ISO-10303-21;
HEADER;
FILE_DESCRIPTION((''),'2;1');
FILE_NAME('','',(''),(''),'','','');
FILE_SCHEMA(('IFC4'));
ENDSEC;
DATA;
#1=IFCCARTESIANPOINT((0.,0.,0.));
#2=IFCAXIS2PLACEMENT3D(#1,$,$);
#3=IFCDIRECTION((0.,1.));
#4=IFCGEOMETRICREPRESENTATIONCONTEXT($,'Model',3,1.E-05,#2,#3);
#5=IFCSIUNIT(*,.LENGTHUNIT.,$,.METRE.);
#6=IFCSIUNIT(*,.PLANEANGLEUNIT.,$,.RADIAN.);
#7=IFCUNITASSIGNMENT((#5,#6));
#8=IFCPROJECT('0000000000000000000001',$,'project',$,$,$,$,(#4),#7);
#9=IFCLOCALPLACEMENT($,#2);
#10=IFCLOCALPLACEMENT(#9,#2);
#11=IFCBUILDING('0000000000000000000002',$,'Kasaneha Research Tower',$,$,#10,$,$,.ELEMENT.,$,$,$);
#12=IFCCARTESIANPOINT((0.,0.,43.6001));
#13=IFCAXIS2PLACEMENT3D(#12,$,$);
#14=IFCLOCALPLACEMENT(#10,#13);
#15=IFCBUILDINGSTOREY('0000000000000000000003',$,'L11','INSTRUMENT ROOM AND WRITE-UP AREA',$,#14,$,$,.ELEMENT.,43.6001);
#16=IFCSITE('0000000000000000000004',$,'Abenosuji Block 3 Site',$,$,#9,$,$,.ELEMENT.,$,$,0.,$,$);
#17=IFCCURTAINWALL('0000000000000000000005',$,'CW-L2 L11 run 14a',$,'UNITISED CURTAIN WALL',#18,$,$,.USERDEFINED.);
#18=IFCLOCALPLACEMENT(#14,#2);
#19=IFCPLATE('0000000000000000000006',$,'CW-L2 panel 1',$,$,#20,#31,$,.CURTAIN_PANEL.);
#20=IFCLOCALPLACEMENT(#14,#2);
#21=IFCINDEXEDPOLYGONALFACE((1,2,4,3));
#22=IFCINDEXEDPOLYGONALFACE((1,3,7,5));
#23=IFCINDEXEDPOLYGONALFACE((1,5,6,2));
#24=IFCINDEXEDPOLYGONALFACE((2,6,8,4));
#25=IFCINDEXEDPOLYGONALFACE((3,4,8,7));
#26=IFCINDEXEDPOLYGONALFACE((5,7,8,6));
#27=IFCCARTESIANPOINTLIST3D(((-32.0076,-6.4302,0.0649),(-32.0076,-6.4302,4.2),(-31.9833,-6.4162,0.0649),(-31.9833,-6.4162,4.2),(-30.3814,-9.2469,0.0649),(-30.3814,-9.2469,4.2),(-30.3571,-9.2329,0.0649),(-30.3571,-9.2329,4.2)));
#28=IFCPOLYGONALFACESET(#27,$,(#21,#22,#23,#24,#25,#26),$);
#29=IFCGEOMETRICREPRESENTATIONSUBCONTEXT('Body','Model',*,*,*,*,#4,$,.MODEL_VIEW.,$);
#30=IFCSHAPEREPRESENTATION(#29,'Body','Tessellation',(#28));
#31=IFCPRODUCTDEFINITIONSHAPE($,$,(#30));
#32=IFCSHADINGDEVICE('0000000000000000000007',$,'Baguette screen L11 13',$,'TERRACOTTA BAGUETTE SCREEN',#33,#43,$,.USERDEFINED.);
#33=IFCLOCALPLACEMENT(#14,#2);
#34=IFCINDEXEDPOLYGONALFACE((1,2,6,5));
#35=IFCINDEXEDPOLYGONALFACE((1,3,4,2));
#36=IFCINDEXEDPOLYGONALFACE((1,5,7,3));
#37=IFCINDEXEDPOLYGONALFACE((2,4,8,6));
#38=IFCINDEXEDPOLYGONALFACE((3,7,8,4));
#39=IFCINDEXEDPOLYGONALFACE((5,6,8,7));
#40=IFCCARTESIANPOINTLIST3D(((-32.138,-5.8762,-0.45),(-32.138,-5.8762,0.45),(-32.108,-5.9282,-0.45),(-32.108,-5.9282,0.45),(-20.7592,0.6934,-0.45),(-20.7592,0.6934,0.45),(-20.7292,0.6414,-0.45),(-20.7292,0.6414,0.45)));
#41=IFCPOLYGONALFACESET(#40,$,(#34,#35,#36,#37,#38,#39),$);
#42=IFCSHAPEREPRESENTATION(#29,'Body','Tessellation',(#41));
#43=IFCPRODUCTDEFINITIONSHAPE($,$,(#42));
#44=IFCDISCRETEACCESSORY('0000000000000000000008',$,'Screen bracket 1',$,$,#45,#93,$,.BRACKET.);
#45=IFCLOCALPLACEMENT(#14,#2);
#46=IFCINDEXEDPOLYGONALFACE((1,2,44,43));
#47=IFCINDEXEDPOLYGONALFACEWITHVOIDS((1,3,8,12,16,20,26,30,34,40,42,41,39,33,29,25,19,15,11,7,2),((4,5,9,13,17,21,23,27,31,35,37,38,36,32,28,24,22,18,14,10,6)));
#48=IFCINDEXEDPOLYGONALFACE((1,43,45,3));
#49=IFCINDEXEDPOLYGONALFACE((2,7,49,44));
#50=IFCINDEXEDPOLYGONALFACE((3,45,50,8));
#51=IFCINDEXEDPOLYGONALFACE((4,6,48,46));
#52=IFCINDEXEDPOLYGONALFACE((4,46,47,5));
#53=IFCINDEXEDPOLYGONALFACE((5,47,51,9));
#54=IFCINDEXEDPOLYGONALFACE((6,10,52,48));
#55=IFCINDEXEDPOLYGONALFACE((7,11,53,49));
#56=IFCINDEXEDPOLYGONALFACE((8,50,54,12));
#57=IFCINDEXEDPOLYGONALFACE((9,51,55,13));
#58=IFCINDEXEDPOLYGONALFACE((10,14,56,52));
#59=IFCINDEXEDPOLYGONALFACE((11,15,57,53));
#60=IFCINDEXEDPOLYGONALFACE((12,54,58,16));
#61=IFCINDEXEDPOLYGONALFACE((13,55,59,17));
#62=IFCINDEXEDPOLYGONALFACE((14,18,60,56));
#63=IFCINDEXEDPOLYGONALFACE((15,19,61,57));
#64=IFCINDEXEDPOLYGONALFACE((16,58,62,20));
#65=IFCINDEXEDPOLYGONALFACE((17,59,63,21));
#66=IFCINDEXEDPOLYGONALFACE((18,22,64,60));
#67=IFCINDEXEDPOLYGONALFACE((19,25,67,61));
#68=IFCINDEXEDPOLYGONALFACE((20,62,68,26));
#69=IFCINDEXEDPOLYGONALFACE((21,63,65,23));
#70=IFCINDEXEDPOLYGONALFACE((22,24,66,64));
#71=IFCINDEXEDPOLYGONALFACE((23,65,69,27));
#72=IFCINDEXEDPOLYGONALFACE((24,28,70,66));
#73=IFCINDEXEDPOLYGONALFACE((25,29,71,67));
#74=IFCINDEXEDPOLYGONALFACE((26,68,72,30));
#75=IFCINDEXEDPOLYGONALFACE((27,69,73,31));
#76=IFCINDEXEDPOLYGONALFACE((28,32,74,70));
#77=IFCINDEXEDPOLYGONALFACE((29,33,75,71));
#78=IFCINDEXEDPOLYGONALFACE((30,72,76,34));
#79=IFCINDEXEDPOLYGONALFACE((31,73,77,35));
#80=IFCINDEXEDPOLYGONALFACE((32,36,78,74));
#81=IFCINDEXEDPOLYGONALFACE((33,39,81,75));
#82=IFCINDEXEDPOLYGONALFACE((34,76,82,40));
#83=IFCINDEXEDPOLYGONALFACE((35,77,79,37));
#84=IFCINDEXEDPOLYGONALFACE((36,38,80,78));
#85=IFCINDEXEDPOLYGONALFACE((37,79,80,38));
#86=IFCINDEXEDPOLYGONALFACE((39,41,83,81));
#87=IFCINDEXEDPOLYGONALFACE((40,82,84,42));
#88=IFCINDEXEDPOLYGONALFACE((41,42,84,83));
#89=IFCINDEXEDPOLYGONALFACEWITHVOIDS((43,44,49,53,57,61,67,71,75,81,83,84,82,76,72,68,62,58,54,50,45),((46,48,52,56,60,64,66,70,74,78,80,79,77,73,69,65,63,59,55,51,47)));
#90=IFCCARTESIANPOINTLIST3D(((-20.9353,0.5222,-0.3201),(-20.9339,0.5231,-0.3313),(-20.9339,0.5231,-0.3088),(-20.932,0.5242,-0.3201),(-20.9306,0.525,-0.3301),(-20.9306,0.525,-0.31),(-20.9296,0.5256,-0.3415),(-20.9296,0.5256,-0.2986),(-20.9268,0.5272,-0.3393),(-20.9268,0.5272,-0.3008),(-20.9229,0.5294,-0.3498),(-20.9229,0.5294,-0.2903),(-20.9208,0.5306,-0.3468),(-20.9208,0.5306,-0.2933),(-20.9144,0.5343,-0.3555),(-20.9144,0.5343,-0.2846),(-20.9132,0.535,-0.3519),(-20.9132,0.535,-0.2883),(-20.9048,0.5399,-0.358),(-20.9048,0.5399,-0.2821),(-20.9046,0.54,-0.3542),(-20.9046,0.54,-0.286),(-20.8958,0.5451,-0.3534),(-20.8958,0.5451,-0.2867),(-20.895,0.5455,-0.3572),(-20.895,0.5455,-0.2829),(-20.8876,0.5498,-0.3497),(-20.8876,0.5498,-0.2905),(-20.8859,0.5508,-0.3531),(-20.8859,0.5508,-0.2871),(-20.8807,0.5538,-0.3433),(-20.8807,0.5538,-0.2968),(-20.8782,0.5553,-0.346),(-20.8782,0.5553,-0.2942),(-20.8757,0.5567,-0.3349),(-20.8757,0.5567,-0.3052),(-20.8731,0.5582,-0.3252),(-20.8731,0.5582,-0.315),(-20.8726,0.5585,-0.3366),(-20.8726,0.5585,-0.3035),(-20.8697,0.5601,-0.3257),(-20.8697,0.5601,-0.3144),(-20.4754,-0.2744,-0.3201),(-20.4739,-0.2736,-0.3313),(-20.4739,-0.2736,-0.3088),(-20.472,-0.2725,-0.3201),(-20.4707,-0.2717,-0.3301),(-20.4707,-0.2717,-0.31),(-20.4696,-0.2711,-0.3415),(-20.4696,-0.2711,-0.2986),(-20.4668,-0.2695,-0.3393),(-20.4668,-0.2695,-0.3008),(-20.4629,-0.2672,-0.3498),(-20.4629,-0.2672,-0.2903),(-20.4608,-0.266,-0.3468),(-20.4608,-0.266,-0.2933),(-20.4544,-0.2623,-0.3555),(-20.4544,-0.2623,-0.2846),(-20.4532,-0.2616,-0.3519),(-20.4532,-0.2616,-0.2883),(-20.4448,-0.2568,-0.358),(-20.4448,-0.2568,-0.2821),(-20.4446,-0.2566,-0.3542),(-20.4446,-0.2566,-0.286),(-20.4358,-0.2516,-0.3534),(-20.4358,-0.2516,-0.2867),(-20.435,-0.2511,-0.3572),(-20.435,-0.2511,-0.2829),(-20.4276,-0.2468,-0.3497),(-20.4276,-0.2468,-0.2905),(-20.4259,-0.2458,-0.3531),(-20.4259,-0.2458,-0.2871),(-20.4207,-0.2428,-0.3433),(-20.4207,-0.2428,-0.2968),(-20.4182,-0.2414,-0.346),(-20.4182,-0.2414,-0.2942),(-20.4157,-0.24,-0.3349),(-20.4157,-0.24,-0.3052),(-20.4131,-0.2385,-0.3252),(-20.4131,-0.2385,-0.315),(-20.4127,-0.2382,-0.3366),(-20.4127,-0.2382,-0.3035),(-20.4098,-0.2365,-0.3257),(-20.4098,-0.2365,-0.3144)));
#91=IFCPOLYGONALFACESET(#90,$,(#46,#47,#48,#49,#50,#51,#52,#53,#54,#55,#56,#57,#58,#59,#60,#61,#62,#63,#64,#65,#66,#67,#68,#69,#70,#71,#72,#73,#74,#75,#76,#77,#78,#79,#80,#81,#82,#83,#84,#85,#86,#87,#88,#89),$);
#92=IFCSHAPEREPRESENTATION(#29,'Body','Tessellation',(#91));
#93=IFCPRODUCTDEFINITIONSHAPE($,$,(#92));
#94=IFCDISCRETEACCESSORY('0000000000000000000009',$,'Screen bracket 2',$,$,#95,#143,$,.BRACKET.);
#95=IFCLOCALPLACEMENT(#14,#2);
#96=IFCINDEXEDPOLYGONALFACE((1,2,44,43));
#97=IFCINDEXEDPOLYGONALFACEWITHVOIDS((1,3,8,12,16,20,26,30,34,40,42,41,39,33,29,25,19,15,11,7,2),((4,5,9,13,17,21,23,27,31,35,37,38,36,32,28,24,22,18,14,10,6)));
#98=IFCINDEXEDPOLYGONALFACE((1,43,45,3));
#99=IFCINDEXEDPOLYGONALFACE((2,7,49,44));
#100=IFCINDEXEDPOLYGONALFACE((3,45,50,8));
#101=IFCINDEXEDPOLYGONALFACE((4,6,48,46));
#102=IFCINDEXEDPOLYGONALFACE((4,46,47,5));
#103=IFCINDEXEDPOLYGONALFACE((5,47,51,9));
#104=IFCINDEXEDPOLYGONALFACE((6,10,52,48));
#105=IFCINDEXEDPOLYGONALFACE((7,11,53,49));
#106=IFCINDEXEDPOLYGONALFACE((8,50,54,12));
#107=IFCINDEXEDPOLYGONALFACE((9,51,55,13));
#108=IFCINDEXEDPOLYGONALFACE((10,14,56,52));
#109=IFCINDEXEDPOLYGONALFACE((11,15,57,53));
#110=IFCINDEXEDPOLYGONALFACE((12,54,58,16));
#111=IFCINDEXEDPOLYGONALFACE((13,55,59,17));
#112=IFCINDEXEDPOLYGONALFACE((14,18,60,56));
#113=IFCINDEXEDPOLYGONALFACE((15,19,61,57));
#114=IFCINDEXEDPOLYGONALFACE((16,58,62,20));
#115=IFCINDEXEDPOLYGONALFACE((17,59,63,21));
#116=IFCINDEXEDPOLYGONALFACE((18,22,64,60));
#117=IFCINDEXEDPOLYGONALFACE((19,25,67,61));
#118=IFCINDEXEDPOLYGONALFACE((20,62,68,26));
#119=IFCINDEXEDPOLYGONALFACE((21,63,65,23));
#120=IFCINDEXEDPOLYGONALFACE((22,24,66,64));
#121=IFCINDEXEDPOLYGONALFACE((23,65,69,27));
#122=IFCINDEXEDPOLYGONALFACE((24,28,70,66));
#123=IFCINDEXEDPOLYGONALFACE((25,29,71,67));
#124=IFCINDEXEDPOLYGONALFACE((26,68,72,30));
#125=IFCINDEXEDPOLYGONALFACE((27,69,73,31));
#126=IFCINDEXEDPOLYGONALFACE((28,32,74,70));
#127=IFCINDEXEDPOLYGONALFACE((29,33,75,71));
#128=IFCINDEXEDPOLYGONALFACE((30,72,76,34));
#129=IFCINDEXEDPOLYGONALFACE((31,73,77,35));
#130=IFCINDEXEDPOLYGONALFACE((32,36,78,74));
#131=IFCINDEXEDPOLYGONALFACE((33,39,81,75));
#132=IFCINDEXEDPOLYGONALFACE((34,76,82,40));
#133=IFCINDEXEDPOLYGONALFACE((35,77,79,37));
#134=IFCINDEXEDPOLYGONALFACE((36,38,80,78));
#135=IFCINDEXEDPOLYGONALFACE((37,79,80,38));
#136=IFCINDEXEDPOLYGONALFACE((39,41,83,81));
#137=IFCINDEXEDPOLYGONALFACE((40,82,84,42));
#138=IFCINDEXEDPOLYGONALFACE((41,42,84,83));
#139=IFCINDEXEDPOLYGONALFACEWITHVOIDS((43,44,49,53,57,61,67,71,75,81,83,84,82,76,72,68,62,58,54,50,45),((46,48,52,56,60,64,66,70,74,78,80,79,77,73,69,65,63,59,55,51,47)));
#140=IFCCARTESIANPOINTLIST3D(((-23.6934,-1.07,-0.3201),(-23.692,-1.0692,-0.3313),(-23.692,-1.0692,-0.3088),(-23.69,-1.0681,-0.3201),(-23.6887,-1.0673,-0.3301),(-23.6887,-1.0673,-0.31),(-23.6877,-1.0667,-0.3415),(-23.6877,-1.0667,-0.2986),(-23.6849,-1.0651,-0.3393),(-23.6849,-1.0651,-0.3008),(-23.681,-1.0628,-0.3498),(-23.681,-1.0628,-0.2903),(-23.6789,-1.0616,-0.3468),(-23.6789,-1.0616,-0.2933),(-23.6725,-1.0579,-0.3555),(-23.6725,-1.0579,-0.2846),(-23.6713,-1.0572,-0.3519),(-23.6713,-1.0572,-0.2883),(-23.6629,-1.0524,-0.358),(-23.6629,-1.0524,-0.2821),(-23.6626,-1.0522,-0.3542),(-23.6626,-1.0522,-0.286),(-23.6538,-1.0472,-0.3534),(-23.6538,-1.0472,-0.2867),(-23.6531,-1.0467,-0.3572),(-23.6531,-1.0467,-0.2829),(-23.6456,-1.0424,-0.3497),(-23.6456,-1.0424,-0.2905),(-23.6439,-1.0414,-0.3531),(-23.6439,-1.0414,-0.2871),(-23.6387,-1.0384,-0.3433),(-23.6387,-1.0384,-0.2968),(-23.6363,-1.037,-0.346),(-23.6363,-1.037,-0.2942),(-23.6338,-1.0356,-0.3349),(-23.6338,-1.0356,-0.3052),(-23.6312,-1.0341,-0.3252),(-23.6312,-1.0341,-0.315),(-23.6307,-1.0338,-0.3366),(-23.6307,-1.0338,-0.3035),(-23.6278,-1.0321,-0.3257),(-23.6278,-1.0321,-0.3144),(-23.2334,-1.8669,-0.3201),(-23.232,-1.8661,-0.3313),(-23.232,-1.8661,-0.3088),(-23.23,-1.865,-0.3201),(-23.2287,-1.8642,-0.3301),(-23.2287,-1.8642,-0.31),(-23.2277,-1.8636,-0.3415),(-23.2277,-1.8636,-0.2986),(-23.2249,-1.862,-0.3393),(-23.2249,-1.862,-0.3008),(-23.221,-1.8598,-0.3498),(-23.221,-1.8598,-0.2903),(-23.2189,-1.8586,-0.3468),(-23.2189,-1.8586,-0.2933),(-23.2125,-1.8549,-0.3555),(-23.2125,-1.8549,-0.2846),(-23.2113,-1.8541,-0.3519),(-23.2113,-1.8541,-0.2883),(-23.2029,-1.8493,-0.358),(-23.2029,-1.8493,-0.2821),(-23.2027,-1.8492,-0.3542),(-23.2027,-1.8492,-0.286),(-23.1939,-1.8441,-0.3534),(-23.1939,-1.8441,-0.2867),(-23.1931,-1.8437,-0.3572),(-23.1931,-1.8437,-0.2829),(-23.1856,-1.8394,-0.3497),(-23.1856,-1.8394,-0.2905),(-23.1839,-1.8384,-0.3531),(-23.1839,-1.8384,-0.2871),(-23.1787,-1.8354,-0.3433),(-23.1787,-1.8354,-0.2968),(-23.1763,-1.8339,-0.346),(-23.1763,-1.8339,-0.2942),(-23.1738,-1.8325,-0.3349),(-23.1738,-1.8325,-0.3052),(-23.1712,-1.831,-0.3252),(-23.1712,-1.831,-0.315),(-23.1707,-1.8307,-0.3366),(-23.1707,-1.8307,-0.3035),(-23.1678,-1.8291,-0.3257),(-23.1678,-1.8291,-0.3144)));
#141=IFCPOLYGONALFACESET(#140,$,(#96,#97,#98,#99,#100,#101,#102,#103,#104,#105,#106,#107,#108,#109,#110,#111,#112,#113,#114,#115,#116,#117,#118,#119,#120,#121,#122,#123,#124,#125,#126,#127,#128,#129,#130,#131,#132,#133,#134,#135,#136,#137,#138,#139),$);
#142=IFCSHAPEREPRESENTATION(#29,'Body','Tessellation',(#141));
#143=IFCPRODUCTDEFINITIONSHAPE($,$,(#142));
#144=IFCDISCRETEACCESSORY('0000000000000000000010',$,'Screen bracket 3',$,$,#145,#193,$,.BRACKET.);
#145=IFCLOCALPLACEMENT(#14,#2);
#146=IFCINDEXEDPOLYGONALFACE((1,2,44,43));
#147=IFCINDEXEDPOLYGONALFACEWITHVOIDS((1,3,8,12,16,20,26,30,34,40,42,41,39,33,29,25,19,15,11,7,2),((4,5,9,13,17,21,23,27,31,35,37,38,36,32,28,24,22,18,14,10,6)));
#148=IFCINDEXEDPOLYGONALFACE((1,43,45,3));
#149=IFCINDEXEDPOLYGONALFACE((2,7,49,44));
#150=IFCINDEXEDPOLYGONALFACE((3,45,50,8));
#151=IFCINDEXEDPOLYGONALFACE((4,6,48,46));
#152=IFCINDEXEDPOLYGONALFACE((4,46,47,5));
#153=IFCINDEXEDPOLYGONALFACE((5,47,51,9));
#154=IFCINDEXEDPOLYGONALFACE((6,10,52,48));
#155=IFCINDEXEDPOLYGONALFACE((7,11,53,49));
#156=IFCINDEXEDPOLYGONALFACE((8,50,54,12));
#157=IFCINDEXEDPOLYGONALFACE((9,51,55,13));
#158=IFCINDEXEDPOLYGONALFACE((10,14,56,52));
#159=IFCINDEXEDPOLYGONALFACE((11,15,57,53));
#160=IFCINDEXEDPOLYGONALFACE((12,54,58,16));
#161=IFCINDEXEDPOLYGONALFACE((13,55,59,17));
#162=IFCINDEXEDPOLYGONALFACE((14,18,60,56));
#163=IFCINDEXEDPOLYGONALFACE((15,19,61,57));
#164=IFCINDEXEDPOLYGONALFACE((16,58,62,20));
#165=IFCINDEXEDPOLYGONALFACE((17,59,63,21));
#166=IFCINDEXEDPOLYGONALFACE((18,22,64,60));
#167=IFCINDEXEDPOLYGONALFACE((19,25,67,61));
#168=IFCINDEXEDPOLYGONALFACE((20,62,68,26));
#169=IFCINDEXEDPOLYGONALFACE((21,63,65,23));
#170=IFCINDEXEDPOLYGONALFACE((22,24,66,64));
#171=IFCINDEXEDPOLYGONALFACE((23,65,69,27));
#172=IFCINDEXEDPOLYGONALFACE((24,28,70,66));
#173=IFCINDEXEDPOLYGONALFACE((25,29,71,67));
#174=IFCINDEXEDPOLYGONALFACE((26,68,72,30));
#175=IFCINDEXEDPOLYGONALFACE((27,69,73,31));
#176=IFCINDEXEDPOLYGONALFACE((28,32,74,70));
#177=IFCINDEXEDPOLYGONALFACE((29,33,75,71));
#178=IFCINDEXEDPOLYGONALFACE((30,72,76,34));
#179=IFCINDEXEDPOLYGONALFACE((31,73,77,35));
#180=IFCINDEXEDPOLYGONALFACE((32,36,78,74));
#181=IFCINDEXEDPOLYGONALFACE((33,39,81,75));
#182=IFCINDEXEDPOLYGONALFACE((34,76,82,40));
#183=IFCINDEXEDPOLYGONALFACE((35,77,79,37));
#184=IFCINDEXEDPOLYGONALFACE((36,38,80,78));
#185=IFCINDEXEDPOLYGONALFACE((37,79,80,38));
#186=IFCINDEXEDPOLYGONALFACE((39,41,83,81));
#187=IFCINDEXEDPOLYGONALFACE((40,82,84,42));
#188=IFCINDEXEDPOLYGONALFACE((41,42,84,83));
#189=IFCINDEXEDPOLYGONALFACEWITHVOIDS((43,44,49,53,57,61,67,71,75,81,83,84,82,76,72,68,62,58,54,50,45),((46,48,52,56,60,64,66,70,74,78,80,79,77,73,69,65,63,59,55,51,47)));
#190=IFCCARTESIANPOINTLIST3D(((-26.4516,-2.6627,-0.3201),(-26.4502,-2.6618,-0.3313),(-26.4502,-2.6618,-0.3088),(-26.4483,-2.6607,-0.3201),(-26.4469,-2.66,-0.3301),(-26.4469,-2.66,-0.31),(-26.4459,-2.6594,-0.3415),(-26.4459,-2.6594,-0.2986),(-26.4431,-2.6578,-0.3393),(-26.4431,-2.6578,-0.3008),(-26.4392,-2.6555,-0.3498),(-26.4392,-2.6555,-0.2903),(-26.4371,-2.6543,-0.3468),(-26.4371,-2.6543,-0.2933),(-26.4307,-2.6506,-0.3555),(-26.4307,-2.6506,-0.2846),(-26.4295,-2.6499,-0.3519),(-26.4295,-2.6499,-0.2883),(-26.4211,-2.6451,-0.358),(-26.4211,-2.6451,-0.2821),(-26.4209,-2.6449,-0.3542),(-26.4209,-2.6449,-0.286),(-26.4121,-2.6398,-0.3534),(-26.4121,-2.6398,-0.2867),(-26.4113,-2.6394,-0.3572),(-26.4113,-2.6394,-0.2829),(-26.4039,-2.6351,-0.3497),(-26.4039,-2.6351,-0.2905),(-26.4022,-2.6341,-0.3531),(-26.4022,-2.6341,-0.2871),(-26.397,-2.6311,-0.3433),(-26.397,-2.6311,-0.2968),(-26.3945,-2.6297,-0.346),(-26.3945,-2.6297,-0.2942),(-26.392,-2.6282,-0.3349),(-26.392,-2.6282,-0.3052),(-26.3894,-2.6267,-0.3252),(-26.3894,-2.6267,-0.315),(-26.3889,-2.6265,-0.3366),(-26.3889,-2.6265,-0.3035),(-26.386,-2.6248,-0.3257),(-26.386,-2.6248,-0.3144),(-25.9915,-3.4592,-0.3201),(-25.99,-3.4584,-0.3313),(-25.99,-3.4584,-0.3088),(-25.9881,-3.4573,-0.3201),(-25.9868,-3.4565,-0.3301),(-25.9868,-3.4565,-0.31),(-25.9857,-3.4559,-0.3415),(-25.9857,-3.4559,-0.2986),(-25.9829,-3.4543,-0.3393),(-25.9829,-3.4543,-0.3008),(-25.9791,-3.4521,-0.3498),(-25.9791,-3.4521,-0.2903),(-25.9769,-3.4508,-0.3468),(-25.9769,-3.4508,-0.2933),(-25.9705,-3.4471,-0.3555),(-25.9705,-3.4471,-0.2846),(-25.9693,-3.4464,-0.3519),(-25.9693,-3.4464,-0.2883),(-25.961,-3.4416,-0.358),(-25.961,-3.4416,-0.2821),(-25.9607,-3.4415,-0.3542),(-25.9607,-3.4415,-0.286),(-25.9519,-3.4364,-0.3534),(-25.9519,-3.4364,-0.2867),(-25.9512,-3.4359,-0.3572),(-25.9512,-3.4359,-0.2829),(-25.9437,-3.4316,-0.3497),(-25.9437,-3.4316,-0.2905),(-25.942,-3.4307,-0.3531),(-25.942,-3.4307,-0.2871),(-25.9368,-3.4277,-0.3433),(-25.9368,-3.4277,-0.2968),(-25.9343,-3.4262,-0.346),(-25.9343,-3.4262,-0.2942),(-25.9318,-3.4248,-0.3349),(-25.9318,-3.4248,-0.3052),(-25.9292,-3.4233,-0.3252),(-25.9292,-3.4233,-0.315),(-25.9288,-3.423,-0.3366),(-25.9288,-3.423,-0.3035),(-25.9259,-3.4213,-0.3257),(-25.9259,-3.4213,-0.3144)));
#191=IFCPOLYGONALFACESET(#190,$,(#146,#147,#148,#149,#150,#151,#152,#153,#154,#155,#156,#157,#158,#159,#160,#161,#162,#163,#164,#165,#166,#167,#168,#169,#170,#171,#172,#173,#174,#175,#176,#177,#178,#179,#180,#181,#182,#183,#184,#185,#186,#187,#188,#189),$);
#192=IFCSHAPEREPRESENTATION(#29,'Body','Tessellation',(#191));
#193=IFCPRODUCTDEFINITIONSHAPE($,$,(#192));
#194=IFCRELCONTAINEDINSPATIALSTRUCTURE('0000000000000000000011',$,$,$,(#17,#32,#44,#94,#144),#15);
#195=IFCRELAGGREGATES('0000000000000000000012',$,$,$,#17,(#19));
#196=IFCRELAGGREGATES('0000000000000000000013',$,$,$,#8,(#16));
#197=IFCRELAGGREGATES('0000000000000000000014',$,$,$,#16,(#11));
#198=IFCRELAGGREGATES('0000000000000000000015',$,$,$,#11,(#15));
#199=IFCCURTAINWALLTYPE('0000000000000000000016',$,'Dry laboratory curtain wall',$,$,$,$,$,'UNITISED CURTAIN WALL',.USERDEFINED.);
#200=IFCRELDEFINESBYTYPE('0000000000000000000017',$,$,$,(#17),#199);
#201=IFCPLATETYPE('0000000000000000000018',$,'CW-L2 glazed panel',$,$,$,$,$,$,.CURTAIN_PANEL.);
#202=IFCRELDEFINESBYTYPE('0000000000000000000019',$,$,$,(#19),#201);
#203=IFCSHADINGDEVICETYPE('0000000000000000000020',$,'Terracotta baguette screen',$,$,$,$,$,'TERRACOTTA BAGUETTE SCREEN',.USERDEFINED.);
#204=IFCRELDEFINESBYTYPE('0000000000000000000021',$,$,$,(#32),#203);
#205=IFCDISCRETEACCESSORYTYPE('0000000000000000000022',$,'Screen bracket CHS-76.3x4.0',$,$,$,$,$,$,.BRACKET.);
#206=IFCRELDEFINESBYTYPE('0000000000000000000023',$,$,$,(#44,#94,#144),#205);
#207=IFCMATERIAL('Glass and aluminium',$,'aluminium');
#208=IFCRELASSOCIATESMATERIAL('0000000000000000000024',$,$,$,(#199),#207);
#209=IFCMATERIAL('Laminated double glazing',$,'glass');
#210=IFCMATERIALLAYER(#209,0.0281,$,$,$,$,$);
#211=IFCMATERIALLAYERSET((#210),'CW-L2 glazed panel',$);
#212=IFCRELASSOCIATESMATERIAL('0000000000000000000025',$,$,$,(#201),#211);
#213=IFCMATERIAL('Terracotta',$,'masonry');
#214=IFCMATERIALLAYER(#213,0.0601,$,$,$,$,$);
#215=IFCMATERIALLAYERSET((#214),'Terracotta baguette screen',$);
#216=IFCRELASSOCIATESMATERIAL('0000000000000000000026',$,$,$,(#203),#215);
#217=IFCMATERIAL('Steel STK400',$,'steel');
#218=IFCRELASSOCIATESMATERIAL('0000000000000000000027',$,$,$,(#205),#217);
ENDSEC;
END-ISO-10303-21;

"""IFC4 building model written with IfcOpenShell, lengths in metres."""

from ifc_helpers import new_model, si_unit, direction, frame, origin, origin_2d, place, context, subcontext, project, spatial, rectangle, hollow_circle, extrude, material, layer, layer_set, material_profile, profile_set, type_object, element, aggregate, save


model = new_model("IFC4")

# Units and contexts
model_context = context("Model", 3, precision=1e-05, world=origin(), true_north=direction((0.0, 1.0)))
body_context = subcontext(model_context, "Body", "Model", "MODEL_VIEW")
ifc_project = project(units=[si_unit("LENGTHUNIT", "METRE"), si_unit("PLANEANGLEUNIT", "RADIAN")], contexts=[model_context])

# Site, building, storey
site_placement = place(None, origin())
site = spatial("IfcSite", under=ifc_project, at=site_placement, Name="Abenosuji Block 3 Site", CompositionType="ELEMENT", RefElevation=0.0)
building_placement = place(site_placement, origin())
building = spatial("IfcBuilding", under=site, at=building_placement, Name="Kasaneha Research Tower", CompositionType="ELEMENT")
storey_placement = place(building_placement, frame((0.0, 0.0, 43.6001)))
storey = spatial("IfcBuildingStorey", under=building, at=storey_placement, Name="L11", Description="INSTRUMENT ROOM AND WRITE-UP AREA", CompositionType="ELEMENT", Elevation=43.6001)

# Shared definitions
ifc_material_1 = material(Name="Glass and aluminium", Category="aluminium")
curtain_wall_type = type_object("IfcCurtainWallType", Name="Dry laboratory curtain wall", ElementType="UNITISED CURTAIN WALL", PredefinedType="USERDEFINED", material=ifc_material_1)

# Curtain wall
curtain_wall_1_placement = place(storey_placement, origin())
curtain_wall_1 = element("IfcCurtainWall", 1, at=curtain_wall_1_placement, inside=storey, type_object=curtain_wall_type, Name="CW-L2 L11 run 14a", ObjectType="UNITISED CURTAIN WALL", PredefinedType="USERDEFINED")

# Plate
ifc_material_2 = material(Name="Laminated double glazing", Category="glass")
ifc_layer_1 = layer(ifc_material_2, 0.0281)
ifc_layer_set_1 = layer_set([ifc_layer_1], Name="CW-L2 glazed panel")
plate_type = type_object("IfcPlateType", Name="CW-L2 glazed panel", PredefinedType="CURTAIN_PANEL", material=ifc_layer_set_1)
plate_1_placement = place(storey_placement, frame((-31.1824, -7.8315, 0.0649), z_axis=(0.0, 0.0, 1.0), x_axis=(0.5, -0.866025, 0.0)))
plate_1 = element("IfcPlate", 2, at=plate_1_placement, type_object=plate_type, Name="CW-L2 panel 1", PredefinedType="CURTAIN_PANEL", context=body_context, shape_type="SweptSolid", body=[
    extrude(rectangle(XDim=3.2524, YDim=0.0281, at=origin_2d()), origin(), (0.0, 0.0, 1.0), 4.135),
])
aggregate(curtain_wall_1, [plate_1])

# Shading device
ifc_material_3 = material(Name="Terracotta", Category="masonry")
ifc_layer_2 = layer(ifc_material_3, 0.0601)
ifc_layer_set_2 = layer_set([ifc_layer_2], Name="Terracotta baguette screen")
shading_device_type = type_object("IfcShadingDeviceType", Name="Terracotta baguette screen", ElementType="TERRACOTTA BAGUETTE SCREEN", PredefinedType="USERDEFINED", material=ifc_layer_set_2)
shading_device_placement = place(storey_placement, frame((-26.4336, -2.6174, -0.45), z_axis=(0.0, 0.0, 1.0), x_axis=(-0.866025, -0.5, 0.0)))
element("IfcShadingDevice", 3, at=shading_device_placement, inside=storey, type_object=shading_device_type, Name="Baguette screen L11 13", ObjectType="TERRACOTTA BAGUETTE SCREEN", PredefinedType="USERDEFINED", context=body_context, shape_type="SweptSolid", body=[
    extrude(rectangle(XDim=13.1392, YDim=0.0601, at=origin_2d()), origin(), (0.0, 0.0, 1.0), 0.8999),
])

# Discrete accessories
ifc_material_4 = material(Name="Steel STK400", Category="steel")
ifc_material_profile_1 = material_profile(ifc_material_4, hollow_circle(Radius=0.0381, WallThickness=0.0039, at=origin_2d()), Name="CHS-76.3x4.0")
ifc_profile_set_1 = profile_set([ifc_material_profile_1], Name="Steel STK400")
discrete_accessory_type = type_object("IfcDiscreteAccessoryType", Name="Screen bracket CHS-76.3x4.0", PredefinedType="BRACKET", material=ifc_profile_set_1)
discrete_accessory_1_placement = place(storey_placement, frame((-20.4424, -0.2554, -0.3201), z_axis=(-0.500021, 0.866013, 0.0), x_axis=(-0.866013, -0.500021, 0.0)))
element("IfcDiscreteAccessory", 4, at=discrete_accessory_1_placement, inside=storey, type_object=discrete_accessory_type, Name="Screen bracket 1", PredefinedType="BRACKET", context=body_context, shape_type="SweptSolid", body=[
    extrude(hollow_circle(Radius=0.0381, WallThickness=0.0039, at=origin_2d()), origin(), (0.0, 0.0, 1.0), 0.9199),
])
discrete_accessory_2_placement = place(storey_placement, frame((-23.2004, -1.8479, -0.3201), z_axis=(-0.499906, 0.86608, 0.0), x_axis=(-0.86608, -0.499906, 0.0)))
element("IfcDiscreteAccessory", 5, at=discrete_accessory_2_placement, inside=storey, type_object=discrete_accessory_type, Name="Screen bracket 2", PredefinedType="BRACKET", context=body_context, shape_type="SweptSolid", body=[
    extrude(hollow_circle(Radius=0.0381, WallThickness=0.0039, at=origin_2d()), origin(), (0.0, 0.0, 1.0), 0.9202),
])
discrete_accessory_3_placement = place(storey_placement, frame((-25.9585, -3.4402, -0.3201), z_axis=(-0.50022, 0.865898, 0.0), x_axis=(-0.865898, -0.50022, 0.0)))
element("IfcDiscreteAccessory", 6, at=discrete_accessory_3_placement, inside=storey, type_object=discrete_accessory_type, Name="Screen bracket 3", PredefinedType="BRACKET", context=body_context, shape_type="SweptSolid", body=[
    extrude(hollow_circle(Radius=0.0381, WallThickness=0.0039, at=origin_2d()), origin(), (0.0, 0.0, 1.0), 0.9199),
])

save(model, "model.ifc")
